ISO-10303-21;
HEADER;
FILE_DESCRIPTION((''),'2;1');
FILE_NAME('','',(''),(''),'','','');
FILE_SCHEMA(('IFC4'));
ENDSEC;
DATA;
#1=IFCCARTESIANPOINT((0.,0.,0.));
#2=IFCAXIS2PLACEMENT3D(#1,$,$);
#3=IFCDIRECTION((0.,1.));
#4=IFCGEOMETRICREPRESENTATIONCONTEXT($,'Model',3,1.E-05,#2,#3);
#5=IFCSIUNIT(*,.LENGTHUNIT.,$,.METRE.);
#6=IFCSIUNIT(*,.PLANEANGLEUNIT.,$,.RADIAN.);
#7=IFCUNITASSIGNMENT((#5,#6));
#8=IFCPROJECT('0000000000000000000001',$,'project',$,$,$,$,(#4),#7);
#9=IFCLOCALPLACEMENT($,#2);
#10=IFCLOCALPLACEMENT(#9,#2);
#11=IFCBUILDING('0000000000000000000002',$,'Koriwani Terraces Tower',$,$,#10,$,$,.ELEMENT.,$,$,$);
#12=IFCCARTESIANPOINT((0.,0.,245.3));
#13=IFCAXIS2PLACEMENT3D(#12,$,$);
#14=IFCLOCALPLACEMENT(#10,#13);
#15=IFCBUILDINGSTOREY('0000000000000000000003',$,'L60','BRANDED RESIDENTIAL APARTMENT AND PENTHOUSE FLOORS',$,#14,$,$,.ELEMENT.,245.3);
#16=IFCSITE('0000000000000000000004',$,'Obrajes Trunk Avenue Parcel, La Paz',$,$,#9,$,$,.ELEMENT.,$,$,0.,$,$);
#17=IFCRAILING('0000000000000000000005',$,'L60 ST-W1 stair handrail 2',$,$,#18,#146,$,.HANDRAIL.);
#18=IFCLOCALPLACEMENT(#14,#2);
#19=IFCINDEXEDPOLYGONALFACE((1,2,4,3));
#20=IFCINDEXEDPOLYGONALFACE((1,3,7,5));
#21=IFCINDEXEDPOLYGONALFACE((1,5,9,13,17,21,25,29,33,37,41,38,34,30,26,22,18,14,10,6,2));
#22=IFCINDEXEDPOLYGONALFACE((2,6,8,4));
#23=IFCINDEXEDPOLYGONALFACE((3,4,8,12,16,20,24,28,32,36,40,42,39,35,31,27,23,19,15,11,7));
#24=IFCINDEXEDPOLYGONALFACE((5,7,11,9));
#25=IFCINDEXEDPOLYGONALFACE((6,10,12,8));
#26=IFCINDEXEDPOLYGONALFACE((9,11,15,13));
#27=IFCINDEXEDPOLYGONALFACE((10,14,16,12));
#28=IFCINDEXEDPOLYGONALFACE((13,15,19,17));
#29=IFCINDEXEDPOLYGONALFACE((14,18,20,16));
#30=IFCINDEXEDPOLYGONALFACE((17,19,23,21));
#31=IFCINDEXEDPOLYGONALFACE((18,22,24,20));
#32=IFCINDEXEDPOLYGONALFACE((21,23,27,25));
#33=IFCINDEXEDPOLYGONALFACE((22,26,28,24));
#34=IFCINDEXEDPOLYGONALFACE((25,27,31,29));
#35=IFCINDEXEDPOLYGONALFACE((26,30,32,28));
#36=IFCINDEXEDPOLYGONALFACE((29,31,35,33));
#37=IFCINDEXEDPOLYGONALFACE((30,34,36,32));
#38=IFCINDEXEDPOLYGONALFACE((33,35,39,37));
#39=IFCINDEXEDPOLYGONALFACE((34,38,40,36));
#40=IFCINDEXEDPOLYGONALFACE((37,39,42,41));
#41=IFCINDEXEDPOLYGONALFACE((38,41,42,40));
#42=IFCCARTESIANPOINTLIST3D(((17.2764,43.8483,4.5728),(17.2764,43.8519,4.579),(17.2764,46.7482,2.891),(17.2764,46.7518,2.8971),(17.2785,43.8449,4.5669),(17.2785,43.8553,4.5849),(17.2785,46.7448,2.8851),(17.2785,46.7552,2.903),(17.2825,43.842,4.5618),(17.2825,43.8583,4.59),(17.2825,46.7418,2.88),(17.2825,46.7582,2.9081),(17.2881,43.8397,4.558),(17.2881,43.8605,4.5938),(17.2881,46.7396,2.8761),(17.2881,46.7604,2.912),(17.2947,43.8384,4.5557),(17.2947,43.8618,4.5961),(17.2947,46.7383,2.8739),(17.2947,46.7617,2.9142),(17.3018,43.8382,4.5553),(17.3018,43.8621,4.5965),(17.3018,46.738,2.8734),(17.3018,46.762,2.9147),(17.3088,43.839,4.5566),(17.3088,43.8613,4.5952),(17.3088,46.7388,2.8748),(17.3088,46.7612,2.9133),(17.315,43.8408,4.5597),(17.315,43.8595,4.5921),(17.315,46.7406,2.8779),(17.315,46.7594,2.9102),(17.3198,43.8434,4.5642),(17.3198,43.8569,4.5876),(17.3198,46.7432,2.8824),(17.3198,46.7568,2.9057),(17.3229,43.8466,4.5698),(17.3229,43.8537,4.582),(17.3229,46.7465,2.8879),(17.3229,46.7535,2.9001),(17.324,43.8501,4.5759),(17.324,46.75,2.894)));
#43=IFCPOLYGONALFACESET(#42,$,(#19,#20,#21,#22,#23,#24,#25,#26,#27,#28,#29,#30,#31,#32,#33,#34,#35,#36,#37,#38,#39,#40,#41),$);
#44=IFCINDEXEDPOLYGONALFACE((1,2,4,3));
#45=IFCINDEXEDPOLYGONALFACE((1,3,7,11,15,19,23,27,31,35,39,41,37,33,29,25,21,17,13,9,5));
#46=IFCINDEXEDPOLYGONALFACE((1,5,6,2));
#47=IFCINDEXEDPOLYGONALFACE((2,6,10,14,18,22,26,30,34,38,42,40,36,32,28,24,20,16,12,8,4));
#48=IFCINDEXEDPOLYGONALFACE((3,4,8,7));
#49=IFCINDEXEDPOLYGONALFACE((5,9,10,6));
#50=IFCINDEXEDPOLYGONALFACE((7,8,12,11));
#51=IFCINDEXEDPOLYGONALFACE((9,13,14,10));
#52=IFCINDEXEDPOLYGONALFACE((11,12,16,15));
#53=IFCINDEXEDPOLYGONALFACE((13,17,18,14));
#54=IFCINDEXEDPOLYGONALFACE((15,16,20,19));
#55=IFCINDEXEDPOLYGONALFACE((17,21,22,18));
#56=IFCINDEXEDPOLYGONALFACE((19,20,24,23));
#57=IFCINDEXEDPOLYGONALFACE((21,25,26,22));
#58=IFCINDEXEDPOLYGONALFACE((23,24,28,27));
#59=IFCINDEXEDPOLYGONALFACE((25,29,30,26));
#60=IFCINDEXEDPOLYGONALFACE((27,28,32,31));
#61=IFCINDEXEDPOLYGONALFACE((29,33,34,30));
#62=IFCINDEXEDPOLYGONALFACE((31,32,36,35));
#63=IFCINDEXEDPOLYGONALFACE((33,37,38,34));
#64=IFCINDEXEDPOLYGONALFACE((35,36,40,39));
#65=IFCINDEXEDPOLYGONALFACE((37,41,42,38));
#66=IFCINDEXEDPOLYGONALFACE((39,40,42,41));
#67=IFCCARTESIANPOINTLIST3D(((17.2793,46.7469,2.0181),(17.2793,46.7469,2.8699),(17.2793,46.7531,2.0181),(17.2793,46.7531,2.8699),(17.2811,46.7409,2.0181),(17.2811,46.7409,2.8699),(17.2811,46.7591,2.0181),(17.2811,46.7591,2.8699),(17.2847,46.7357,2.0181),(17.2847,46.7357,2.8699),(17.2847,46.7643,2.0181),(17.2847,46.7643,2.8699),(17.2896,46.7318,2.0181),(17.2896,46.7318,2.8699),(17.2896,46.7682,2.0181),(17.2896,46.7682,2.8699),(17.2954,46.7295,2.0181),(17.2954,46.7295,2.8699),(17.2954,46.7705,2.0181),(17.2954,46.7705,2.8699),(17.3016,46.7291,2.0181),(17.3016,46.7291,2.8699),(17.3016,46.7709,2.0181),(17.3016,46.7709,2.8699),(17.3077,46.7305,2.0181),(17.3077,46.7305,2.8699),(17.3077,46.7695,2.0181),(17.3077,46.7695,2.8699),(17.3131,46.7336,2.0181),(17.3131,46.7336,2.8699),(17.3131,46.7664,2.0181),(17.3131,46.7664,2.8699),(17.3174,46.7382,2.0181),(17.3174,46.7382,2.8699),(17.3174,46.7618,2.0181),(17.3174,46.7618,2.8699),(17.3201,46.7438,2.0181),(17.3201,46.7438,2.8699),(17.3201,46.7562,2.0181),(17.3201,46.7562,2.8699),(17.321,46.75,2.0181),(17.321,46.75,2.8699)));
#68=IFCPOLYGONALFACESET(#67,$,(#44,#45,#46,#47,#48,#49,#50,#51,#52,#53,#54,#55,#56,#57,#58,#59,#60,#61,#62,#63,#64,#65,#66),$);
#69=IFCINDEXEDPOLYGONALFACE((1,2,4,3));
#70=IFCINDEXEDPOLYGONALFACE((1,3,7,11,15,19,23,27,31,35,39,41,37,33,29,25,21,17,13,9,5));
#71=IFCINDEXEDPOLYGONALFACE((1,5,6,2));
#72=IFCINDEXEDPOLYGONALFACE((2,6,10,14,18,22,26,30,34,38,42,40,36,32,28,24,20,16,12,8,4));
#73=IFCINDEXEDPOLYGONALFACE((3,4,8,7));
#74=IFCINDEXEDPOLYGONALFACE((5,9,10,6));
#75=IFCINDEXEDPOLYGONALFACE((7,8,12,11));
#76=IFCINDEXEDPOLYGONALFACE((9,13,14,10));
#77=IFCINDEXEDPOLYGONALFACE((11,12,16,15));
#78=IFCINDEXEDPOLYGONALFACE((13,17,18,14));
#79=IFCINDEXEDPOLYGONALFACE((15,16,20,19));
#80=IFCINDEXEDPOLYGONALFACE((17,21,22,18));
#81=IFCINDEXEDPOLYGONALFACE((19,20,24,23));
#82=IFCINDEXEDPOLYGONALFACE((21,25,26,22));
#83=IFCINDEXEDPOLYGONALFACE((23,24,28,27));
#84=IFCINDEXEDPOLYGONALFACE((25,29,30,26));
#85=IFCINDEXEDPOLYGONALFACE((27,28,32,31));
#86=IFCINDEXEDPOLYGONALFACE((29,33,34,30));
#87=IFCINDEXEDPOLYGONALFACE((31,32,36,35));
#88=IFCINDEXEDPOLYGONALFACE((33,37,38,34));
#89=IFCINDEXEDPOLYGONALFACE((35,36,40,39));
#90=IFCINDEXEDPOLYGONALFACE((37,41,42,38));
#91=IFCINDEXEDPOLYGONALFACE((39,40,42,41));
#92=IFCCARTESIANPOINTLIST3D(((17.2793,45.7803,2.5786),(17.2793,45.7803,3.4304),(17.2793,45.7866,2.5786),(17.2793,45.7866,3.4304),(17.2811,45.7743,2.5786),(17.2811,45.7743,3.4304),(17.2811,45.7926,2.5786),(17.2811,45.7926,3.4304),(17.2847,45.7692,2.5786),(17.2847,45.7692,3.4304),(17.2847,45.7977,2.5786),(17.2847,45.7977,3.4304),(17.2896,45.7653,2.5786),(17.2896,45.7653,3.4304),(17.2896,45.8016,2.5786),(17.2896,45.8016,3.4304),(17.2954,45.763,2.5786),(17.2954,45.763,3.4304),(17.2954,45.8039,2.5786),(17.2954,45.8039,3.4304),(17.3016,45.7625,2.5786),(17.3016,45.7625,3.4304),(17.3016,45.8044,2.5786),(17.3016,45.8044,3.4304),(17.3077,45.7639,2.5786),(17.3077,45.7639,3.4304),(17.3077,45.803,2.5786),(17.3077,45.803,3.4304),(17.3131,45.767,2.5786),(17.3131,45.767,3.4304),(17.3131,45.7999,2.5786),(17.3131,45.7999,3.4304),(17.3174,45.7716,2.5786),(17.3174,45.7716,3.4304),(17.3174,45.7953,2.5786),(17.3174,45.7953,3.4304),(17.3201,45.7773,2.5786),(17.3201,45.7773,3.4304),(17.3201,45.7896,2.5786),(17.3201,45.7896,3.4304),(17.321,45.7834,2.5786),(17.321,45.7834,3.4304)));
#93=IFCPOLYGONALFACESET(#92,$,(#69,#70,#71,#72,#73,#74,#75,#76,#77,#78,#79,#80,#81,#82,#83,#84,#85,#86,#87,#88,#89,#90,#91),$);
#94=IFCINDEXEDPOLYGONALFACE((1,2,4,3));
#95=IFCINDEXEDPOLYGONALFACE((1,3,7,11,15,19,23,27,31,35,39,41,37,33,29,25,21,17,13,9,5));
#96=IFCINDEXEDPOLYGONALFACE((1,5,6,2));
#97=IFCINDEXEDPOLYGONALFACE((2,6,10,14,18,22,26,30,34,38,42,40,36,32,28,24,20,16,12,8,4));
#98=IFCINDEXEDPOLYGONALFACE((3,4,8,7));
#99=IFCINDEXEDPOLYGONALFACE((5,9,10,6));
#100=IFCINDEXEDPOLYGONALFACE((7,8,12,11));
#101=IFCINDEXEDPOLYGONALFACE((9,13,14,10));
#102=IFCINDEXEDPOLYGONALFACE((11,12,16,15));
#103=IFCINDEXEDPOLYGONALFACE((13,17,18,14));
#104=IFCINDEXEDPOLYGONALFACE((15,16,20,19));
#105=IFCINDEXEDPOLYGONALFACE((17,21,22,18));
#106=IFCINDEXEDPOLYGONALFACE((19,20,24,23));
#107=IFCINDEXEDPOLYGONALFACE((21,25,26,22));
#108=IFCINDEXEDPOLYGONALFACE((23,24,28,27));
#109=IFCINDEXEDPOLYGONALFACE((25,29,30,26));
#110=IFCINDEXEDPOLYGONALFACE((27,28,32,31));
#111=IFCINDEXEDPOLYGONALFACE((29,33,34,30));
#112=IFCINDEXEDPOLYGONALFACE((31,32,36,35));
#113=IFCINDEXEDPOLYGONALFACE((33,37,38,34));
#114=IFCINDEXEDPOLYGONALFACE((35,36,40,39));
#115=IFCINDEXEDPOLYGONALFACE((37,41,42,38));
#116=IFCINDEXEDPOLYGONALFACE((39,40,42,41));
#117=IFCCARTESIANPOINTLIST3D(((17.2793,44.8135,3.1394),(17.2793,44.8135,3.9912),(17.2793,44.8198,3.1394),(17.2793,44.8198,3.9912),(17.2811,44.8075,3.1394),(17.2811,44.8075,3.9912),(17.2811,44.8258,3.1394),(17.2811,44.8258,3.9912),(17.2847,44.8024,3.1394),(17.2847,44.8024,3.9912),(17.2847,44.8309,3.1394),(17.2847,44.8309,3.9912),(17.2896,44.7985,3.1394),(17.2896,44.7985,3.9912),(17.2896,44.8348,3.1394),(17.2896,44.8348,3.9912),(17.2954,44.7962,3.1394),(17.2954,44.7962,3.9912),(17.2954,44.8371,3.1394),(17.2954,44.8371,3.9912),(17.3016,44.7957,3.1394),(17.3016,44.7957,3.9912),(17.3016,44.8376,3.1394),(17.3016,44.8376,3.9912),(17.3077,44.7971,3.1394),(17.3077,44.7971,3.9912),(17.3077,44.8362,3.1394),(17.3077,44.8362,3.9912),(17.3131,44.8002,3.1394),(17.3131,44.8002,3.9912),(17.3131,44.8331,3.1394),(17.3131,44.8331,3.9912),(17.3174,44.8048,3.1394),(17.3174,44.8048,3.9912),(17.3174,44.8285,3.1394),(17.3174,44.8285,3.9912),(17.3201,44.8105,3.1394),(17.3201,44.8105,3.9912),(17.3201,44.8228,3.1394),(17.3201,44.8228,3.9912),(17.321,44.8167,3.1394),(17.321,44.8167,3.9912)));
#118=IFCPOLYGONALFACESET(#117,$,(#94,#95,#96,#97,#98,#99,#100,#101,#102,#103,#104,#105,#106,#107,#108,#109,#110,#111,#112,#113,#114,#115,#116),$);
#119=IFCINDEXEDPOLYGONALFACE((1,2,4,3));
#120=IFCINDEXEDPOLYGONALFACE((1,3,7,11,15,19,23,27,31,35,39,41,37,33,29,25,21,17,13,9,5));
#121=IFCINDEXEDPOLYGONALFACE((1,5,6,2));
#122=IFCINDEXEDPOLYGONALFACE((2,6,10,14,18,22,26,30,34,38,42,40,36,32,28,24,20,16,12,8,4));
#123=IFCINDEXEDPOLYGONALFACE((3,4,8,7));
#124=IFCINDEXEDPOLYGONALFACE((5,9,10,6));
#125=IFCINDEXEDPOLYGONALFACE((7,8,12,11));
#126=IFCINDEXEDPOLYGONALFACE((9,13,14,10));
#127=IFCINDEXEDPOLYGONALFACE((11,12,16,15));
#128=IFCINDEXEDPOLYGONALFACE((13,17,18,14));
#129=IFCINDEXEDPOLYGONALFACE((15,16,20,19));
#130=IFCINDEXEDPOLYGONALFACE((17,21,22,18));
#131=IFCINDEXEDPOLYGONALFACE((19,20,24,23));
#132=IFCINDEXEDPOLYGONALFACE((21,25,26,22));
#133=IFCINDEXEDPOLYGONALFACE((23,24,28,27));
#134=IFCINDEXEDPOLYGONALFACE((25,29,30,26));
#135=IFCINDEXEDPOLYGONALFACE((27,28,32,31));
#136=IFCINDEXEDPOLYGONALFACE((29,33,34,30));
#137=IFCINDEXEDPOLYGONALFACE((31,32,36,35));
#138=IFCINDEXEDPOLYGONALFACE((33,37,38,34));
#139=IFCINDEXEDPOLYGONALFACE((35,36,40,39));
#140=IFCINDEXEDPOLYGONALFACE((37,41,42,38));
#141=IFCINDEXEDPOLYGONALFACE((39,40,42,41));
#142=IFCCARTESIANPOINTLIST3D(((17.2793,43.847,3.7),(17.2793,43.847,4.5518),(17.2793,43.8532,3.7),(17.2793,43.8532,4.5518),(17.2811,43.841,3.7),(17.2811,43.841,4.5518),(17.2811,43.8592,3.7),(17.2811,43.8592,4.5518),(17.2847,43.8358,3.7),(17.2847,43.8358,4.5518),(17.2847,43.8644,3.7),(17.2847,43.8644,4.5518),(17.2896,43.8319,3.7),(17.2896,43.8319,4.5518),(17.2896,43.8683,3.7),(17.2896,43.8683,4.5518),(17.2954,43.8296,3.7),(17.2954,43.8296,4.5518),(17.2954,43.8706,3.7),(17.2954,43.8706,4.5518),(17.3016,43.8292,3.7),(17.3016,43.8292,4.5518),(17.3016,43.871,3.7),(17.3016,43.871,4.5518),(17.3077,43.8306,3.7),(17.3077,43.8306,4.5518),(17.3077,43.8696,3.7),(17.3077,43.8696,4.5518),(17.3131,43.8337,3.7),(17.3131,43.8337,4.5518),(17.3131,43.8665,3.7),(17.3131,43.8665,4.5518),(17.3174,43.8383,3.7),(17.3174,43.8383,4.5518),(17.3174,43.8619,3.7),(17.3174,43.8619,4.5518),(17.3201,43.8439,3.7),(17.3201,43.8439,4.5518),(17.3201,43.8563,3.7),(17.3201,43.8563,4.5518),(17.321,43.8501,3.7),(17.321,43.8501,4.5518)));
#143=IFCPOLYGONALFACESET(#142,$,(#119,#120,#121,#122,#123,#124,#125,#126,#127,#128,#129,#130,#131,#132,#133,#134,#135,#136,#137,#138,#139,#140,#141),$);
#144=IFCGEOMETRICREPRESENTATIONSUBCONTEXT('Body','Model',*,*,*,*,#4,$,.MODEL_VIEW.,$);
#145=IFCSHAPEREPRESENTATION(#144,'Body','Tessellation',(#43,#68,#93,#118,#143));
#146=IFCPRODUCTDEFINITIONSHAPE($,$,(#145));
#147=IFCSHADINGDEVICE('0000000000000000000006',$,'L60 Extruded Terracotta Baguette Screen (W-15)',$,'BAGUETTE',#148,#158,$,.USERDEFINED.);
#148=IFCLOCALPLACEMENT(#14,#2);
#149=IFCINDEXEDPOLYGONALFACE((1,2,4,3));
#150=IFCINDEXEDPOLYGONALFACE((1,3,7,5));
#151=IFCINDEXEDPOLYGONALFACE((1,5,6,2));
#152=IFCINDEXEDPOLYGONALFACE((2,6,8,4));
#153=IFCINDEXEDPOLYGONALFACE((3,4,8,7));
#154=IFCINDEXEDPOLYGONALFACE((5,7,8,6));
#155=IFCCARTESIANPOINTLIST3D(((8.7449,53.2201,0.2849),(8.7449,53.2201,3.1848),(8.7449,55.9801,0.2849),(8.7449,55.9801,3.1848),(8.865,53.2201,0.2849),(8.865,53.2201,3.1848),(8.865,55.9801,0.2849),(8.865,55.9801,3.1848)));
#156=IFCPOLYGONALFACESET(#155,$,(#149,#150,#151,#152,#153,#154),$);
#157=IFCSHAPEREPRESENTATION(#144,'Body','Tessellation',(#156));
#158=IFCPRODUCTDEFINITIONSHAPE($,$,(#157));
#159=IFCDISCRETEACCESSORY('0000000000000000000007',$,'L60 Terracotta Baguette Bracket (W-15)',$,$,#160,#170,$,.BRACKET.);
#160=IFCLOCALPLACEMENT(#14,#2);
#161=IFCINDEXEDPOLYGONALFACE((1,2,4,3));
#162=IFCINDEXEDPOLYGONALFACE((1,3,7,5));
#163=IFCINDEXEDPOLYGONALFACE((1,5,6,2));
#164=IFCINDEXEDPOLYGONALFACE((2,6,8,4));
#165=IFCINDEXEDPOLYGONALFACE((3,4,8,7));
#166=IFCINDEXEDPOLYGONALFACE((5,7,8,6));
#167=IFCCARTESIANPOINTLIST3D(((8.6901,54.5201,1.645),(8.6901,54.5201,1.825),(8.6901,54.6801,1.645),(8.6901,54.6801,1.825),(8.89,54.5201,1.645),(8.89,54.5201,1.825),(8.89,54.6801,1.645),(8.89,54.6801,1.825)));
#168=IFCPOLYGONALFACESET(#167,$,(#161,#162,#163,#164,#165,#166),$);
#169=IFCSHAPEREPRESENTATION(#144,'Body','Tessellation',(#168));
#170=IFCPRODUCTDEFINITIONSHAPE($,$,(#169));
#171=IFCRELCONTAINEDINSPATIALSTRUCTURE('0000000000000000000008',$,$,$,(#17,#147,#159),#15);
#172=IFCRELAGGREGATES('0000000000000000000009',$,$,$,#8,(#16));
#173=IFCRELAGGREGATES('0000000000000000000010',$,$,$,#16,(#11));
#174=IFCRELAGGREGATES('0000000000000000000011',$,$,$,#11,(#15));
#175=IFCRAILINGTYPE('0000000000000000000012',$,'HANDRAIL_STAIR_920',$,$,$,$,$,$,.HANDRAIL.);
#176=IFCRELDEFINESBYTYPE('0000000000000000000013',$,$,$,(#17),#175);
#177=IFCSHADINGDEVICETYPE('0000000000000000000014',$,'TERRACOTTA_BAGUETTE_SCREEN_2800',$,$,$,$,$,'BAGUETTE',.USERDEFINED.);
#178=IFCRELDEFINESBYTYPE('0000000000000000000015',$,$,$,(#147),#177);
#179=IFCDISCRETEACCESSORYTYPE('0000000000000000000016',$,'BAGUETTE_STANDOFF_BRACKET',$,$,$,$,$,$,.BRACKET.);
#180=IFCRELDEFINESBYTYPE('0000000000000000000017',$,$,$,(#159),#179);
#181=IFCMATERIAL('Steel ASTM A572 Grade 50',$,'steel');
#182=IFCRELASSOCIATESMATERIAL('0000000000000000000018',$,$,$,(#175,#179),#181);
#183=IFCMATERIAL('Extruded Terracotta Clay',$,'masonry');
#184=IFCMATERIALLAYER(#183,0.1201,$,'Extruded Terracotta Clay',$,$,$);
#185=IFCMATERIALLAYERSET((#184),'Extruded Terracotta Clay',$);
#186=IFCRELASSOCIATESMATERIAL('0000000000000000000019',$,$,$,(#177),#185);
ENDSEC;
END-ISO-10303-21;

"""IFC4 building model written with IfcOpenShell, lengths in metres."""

from ifc_helpers import new_model, si_unit, direction, frame, origin, origin_2d, place, context, subcontext, project, spatial, rectangle, circle, extrude, material, layer, layer_set, type_object, element, save


model = new_model("IFC4")

# Units and contexts
model_context = context("Model", 3, precision=1e-05, world=origin(), true_north=direction((0.0, 1.0)))
body_context = subcontext(model_context, "Body", "Model", "MODEL_VIEW")
ifc_project = project(units=[si_unit("LENGTHUNIT", "METRE"), si_unit("PLANEANGLEUNIT", "RADIAN")], contexts=[model_context])

# Site, building, storey
site_placement = place(None, origin())
site = spatial("IfcSite", under=ifc_project, at=site_placement, Name="Obrajes Trunk Avenue Parcel, La Paz", CompositionType="ELEMENT", RefElevation=0.0)
building_placement = place(site_placement, origin())
building = spatial("IfcBuilding", under=site, at=building_placement, Name="Koriwani Terraces Tower", CompositionType="ELEMENT")
storey_placement = place(building_placement, frame((0.0, 0.0, 245.3)))
storey = spatial("IfcBuildingStorey", under=building, at=storey_placement, Name="L60", Description="BRANDED RESIDENTIAL APARTMENT AND PENTHOUSE FLOORS", CompositionType="ELEMENT", Elevation=245.3)

# Railing
ifc_material_1 = material(Name="Steel ASTM A572 Grade 50", Category="steel")
railing_type_1 = type_object("IfcRailingType", Name="HANDRAIL_STAIR_920", PredefinedType="HANDRAIL", material=ifc_material_1)
railing_1_placement = place(storey_placement, frame((17.3, 46.75, 2.0181)))
element("IfcRailing", 1, at=railing_1_placement, inside=storey, type_object=railing_type_1, Name="L60 ST-W1 stair handrail 2", PredefinedType="HANDRAIL", context=body_context, shape_type="SweptSolid", body=[
    extrude(circle(Radius=0.0239, at=origin_2d()), frame((0.0, 0.0, 0.876), z_axis=(0.0, -0.865039, 0.501705), x_axis=(1.0, 0.0, 0.0)), (0.0, 0.0, 1.0), 3.3523),
    extrude(circle(Radius=0.021, at=origin_2d()), origin(), (0.0, 0.0, 1.0), 0.8518),
    extrude(circle(Radius=0.021, at=origin_2d()), frame((0.0, -0.9666, 0.5605)), (0.0, 0.0, 1.0), 0.8518),
    extrude(circle(Radius=0.021, at=origin_2d()), frame((0.0, -1.9333, 1.1213)), (0.0, 0.0, 1.0), 0.8518),
    extrude(circle(Radius=0.021, at=origin_2d()), frame((0.0, -2.8999, 1.6819)), (0.0, 0.0, 1.0), 0.8518),
])

# Shading device
ifc_material_2 = material(Name="Extruded Terracotta Clay", Category="masonry")
ifc_layer_1 = layer(ifc_material_2, 0.1201, Name="Extruded Terracotta Clay")
ifc_layer_set_1 = layer_set([ifc_layer_1], Name="Extruded Terracotta Clay")
shading_device_type = type_object("IfcShadingDeviceType", Name="TERRACOTTA_BAGUETTE_SCREEN_2800", ElementType="BAGUETTE", PredefinedType="USERDEFINED", material=ifc_layer_set_1)
shading_device_placement = place(storey_placement, frame((8.8049, 54.6001, 0.2849), z_axis=(0.0, 0.0, 1.0), x_axis=(0.0, 1.0, 0.0)))
element("IfcShadingDevice", 2, at=shading_device_placement, inside=storey, type_object=shading_device_type, Name="L60 Extruded Terracotta Baguette Screen (W-15)", ObjectType="BAGUETTE", PredefinedType="USERDEFINED", context=body_context, shape_type="SweptSolid", body=[
    extrude(rectangle(XDim=2.76, YDim=0.1201, at=origin_2d()), origin(), (0.0, 0.0, 1.0), 2.8999),
])

# Discrete accessory
discrete_accessory_type = type_object("IfcDiscreteAccessoryType", Name="BAGUETTE_STANDOFF_BRACKET", PredefinedType="BRACKET", material=ifc_material_1)
discrete_accessory_placement = place(storey_placement, frame((8.79, 54.6001, 1.645), z_axis=(0.0, 0.0, 1.0), x_axis=(0.0, 1.0, 0.0)))
element("IfcDiscreteAccessory", 3, at=discrete_accessory_placement, inside=storey, type_object=discrete_accessory_type, Name="L60 Terracotta Baguette Bracket (W-15)", PredefinedType="BRACKET", context=body_context, shape_type="SweptSolid", body=[
    extrude(rectangle(XDim=0.1599, YDim=0.2, at=origin_2d()), origin(), (0.0, 0.0, 1.0), 0.1799),
])

save(model, "model.ifc")
